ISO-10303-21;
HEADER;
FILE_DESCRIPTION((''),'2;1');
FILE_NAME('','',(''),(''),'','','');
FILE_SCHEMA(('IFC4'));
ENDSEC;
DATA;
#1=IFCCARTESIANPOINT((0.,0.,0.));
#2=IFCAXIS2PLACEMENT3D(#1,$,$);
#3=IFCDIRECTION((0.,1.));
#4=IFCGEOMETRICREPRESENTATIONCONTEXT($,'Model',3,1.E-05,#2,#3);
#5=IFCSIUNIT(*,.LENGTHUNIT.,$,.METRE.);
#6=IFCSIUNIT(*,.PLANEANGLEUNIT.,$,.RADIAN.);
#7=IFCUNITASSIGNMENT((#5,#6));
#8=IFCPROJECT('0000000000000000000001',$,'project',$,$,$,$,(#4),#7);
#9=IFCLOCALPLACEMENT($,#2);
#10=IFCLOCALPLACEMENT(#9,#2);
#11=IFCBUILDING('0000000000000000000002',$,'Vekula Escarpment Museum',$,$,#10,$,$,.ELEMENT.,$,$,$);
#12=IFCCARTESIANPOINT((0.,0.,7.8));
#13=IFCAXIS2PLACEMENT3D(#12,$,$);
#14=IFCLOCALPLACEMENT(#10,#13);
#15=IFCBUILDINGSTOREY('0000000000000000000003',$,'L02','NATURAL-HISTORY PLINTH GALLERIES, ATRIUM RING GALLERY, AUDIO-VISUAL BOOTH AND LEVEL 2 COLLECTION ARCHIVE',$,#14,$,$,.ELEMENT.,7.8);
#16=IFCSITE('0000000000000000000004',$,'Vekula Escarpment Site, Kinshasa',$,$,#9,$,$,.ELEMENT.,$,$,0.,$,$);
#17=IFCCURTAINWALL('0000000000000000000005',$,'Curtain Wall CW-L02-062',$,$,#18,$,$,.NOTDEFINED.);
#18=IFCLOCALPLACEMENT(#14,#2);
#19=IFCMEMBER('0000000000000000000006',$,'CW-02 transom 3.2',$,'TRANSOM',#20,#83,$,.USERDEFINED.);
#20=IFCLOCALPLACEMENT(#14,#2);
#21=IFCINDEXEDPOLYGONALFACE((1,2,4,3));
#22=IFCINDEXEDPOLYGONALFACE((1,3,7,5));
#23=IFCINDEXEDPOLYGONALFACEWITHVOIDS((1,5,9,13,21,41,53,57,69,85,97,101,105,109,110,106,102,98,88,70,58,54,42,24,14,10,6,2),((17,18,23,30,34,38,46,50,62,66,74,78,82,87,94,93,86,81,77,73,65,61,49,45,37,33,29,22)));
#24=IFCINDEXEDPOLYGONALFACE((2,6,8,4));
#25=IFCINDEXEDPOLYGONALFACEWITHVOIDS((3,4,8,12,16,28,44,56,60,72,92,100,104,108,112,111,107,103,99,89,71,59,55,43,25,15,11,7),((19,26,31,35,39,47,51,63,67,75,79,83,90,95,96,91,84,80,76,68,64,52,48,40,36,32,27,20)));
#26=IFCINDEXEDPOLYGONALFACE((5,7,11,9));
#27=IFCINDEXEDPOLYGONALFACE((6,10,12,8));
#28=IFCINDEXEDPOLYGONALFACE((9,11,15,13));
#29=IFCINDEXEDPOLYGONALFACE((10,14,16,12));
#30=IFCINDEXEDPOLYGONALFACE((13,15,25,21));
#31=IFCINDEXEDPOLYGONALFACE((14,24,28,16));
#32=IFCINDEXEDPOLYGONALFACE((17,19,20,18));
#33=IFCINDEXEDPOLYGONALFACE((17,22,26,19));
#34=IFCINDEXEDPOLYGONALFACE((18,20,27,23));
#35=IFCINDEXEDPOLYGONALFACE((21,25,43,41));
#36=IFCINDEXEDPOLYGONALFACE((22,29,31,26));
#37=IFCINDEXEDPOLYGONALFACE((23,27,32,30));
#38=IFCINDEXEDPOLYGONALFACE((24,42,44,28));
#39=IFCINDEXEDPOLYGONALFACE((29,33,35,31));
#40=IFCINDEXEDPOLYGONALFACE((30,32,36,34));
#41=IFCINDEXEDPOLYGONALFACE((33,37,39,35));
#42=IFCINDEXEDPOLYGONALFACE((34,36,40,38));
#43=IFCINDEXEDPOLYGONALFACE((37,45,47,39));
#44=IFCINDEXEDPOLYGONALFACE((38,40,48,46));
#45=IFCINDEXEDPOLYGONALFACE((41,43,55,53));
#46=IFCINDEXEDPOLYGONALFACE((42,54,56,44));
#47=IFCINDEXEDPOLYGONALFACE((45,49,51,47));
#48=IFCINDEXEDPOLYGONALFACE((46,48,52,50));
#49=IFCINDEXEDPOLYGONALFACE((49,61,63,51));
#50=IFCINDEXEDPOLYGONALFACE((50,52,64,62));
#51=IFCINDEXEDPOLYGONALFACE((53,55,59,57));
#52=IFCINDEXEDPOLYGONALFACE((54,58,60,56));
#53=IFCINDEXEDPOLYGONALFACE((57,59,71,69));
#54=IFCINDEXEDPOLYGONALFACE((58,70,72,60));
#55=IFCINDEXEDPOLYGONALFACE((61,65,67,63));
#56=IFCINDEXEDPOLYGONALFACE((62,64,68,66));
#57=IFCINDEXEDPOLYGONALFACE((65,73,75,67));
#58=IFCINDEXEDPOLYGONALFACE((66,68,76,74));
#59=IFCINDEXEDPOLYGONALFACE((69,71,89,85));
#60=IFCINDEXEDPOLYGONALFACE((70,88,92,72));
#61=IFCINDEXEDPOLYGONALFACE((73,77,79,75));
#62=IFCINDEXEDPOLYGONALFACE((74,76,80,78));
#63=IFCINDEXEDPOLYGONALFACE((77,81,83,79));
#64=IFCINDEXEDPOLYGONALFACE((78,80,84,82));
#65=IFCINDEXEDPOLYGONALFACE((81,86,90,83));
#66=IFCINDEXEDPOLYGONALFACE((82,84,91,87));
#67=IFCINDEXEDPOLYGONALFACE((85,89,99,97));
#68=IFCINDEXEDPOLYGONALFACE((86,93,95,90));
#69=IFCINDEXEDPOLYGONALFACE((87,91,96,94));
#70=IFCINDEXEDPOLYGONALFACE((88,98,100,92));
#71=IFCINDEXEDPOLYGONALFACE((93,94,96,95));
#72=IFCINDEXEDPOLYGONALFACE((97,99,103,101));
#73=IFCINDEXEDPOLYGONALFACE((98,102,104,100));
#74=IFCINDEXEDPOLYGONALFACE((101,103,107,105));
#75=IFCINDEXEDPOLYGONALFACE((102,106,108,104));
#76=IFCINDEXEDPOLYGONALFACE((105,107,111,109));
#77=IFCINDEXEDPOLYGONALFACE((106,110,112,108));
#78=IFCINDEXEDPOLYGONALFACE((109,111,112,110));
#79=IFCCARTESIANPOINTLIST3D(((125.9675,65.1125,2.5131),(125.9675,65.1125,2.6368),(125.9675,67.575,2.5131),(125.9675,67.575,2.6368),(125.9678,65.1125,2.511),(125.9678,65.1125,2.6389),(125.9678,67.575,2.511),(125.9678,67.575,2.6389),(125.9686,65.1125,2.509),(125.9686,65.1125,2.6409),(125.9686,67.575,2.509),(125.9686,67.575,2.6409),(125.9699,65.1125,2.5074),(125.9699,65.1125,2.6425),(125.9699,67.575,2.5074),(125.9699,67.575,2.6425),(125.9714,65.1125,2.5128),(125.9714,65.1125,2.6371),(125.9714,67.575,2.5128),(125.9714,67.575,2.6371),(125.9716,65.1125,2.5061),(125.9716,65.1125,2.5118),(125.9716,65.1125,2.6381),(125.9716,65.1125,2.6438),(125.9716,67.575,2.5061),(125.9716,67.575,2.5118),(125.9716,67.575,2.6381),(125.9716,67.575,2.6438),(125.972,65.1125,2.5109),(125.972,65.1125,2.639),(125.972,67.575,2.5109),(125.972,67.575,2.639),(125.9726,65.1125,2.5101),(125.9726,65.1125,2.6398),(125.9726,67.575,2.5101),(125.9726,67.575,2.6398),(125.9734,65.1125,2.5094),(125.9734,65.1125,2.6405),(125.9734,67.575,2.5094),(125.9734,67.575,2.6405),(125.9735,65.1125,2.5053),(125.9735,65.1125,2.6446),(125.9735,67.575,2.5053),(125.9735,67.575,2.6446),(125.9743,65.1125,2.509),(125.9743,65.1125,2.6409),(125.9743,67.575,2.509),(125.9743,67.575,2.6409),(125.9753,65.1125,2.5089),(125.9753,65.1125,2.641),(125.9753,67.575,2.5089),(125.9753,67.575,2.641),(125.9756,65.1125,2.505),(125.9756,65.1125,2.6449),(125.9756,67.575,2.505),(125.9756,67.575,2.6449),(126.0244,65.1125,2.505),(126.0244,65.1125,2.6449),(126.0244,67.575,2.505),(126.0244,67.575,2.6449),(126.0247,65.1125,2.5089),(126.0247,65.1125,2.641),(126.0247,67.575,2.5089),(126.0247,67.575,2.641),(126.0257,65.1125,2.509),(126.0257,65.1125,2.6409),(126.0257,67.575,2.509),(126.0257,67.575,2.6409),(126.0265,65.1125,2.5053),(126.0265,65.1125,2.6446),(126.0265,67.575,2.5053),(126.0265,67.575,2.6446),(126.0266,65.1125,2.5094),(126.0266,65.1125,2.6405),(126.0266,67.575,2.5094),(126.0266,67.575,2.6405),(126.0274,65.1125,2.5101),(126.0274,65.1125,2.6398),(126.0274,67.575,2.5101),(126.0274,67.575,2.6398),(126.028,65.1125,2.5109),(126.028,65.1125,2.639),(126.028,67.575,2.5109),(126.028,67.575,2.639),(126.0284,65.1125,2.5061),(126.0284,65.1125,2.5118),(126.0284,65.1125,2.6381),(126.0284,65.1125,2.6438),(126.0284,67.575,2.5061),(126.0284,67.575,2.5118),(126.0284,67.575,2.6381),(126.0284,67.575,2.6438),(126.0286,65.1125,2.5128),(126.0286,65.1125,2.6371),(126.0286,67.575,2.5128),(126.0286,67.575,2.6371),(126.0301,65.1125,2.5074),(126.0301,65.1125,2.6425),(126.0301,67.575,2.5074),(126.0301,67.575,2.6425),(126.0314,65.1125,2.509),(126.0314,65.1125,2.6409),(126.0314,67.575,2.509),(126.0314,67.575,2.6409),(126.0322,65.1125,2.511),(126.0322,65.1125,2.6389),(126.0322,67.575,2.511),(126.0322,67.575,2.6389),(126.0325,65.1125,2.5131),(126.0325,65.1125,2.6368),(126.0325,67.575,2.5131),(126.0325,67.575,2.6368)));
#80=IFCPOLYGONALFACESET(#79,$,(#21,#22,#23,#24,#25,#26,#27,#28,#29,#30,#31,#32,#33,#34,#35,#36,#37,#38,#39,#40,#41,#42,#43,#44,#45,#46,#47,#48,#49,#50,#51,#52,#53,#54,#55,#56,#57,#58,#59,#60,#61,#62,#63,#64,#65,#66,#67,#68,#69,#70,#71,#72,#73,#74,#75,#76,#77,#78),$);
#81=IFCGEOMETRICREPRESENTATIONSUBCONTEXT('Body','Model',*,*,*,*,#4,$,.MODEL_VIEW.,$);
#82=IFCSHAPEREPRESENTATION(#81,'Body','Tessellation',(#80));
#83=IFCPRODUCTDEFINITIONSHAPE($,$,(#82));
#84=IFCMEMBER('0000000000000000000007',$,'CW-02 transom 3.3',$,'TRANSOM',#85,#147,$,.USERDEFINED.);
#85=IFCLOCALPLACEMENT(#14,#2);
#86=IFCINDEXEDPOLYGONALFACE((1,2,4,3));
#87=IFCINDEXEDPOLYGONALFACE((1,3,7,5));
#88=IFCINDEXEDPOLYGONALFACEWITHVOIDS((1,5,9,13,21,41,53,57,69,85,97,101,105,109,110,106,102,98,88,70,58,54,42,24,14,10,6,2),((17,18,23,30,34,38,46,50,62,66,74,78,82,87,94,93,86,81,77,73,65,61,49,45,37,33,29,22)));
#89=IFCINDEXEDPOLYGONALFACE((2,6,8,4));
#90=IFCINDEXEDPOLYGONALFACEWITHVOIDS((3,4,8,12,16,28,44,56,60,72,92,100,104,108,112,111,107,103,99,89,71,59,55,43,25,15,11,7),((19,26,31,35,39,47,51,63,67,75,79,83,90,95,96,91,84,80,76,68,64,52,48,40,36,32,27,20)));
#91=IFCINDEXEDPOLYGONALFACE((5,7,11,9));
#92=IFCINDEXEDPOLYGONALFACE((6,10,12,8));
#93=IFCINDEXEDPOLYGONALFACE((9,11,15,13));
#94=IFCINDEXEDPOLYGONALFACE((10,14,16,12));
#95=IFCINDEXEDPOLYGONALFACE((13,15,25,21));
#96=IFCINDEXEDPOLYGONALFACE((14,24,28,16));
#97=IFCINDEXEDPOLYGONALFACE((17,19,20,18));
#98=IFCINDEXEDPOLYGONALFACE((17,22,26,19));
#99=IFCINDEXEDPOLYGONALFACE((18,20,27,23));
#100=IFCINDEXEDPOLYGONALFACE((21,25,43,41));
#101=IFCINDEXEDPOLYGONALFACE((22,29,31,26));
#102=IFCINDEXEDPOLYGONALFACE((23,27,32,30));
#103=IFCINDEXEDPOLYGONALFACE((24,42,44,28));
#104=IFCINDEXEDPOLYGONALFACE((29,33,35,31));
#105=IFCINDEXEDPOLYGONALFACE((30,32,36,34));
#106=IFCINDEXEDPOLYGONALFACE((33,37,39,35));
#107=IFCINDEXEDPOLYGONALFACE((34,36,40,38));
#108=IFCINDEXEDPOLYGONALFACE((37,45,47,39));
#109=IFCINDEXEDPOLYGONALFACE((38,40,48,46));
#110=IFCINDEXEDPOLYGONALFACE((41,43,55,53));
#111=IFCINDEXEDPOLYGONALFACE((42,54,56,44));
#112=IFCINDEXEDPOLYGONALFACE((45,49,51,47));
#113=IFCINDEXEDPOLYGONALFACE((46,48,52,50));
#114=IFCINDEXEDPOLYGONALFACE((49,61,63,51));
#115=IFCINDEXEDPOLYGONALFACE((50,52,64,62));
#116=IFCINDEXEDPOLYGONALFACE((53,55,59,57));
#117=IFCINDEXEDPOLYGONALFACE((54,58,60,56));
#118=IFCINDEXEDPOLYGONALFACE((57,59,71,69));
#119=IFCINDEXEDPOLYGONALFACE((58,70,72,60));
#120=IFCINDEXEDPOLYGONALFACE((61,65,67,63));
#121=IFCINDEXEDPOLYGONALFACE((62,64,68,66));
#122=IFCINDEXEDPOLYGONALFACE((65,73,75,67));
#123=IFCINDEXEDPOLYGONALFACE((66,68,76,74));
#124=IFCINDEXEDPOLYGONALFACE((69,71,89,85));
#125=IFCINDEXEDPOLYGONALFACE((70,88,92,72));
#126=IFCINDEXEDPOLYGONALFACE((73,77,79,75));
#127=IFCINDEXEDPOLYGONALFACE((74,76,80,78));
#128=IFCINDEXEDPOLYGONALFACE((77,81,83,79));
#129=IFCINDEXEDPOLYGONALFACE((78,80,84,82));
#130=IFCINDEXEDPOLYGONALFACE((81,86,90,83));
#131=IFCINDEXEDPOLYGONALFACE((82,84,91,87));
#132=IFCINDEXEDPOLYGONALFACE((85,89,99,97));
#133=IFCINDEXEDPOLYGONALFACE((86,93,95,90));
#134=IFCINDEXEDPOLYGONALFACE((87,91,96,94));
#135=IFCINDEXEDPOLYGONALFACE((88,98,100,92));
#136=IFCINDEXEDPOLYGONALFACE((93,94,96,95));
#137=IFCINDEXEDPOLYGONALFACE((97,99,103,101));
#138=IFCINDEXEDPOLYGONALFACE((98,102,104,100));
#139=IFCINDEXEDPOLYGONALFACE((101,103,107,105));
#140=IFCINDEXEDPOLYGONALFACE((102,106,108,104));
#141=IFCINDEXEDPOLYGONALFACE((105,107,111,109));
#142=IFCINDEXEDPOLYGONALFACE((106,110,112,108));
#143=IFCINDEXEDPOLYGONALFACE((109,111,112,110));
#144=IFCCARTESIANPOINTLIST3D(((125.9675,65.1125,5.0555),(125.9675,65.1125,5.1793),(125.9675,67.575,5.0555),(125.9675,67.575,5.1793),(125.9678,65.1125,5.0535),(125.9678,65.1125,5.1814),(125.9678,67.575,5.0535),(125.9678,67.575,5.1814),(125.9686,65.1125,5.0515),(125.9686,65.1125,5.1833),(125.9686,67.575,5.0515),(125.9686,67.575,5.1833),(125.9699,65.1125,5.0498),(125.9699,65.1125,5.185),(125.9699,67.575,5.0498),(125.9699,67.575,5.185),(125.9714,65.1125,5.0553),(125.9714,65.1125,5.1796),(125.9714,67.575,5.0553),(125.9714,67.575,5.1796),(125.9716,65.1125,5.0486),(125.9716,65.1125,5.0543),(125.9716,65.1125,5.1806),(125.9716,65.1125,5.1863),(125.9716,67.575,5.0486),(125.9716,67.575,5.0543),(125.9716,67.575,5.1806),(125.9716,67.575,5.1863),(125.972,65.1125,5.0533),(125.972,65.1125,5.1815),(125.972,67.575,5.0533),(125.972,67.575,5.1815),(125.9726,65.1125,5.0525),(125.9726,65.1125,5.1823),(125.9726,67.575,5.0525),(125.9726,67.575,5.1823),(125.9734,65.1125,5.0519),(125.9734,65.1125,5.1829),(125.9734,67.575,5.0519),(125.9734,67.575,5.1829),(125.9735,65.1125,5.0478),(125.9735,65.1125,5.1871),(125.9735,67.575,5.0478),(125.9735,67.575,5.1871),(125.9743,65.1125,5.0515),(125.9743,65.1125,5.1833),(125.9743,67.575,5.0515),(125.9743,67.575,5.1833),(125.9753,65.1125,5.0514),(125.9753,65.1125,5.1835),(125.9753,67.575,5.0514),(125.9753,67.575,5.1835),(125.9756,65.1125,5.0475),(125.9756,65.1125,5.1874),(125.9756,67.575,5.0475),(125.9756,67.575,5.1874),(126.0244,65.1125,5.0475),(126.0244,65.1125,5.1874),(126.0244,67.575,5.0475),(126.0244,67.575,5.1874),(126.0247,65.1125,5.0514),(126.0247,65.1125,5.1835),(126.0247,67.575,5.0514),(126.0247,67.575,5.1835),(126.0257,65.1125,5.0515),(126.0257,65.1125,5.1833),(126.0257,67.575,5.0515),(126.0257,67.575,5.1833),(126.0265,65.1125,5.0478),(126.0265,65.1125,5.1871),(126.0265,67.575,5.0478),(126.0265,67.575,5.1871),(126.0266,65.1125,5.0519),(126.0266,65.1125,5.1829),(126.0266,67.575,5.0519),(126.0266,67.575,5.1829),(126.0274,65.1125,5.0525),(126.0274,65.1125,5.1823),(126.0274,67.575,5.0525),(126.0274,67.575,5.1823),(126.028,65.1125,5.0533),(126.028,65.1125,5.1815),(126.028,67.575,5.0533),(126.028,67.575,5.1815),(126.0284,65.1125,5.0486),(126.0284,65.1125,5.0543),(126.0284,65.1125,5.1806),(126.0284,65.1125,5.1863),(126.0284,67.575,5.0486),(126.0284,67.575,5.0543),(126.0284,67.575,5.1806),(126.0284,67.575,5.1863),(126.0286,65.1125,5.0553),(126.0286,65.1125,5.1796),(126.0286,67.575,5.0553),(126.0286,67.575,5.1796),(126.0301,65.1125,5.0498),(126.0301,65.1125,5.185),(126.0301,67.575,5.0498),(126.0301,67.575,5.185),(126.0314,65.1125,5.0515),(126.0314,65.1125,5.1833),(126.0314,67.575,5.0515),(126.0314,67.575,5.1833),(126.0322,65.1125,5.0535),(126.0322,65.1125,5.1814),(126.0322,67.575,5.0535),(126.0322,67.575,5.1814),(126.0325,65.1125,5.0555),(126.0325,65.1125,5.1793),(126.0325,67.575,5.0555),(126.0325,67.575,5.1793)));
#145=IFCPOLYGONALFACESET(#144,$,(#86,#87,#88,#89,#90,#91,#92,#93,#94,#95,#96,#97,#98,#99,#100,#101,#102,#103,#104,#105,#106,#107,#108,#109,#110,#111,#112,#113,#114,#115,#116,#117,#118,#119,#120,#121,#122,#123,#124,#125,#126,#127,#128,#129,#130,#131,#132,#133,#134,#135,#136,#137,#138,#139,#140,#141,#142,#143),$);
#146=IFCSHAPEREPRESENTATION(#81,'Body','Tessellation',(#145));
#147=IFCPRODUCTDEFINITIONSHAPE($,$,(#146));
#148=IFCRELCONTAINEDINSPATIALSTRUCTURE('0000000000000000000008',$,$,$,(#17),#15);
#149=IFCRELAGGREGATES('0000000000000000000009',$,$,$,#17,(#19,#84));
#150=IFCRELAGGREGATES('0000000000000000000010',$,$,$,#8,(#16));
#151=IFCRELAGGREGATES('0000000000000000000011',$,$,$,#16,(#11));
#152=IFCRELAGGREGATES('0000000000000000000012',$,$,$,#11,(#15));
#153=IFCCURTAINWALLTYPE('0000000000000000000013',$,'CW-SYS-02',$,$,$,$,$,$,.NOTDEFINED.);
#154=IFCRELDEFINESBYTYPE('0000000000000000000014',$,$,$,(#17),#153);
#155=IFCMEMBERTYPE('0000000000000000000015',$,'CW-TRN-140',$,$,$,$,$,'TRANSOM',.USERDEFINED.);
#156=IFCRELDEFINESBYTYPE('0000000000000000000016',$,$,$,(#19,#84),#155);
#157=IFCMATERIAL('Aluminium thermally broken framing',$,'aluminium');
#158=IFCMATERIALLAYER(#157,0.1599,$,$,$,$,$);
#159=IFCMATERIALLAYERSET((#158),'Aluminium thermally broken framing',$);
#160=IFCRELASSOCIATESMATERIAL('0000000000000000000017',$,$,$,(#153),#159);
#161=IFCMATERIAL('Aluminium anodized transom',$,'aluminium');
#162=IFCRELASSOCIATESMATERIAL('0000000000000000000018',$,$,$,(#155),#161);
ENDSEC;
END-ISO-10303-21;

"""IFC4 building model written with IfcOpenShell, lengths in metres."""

from ifc_helpers import new_model, si_unit, direction, frame, origin, origin_2d, place, context, subcontext, project, spatial, hollow_rectangle, extrude, material, layer, layer_set, material_profile, profile_set, type_object, element, aggregate, save


model = new_model("IFC4")

# Units and contexts
model_context = context("Model", 3, precision=1e-05, world=origin(), true_north=direction((0.0, 1.0)))
body_context = subcontext(model_context, "Body", "Model", "MODEL_VIEW")
ifc_project = project(units=[si_unit("LENGTHUNIT", "METRE"), si_unit("PLANEANGLEUNIT", "RADIAN")], contexts=[model_context])

# Site, building, storey
site_placement = place(None, origin())
site = spatial("IfcSite", under=ifc_project, at=site_placement, Name="Vekula Escarpment Site, Kinshasa", CompositionType="ELEMENT", RefElevation=0.0)
building_placement = place(site_placement, origin())
building = spatial("IfcBuilding", under=site, at=building_placement, Name="Vekula Escarpment Museum", CompositionType="ELEMENT")
storey_placement = place(building_placement, frame((0.0, 0.0, 7.8)))
storey = spatial("IfcBuildingStorey", under=building, at=storey_placement, Name="L02", Description="NATURAL-HISTORY PLINTH GALLERIES, ATRIUM RING GALLERY, AUDIO-VISUAL BOOTH AND LEVEL 2 COLLECTION ARCHIVE", CompositionType="ELEMENT", Elevation=7.8)

# Curtain wall
ifc_material_1 = material(Name="Aluminium thermally broken framing", Category="aluminium")
ifc_layer_1 = layer(ifc_material_1, 0.1599)
ifc_layer_set_1 = layer_set([ifc_layer_1], Name="Aluminium thermally broken framing")
curtain_wall_type_1 = type_object("IfcCurtainWallType", Name="CW-SYS-02", PredefinedType="NOTDEFINED", material=ifc_layer_set_1)
curtain_wall_1_placement = place(storey_placement, origin())
curtain_wall_1 = element("IfcCurtainWall", 1, at=curtain_wall_1_placement, inside=storey, type_object=curtain_wall_type_1, Name="Curtain Wall CW-L02-062", PredefinedType="NOTDEFINED")

# Members
ifc_material_2 = material(Name="Aluminium anodized transom", Category="aluminium")
ifc_material_profile_1 = material_profile(ifc_material_2, hollow_rectangle(XDim=0.0649, YDim=0.1399, WallThickness=0.0039, InnerFilletRadius=0.0039, OuterFilletRadius=0.0081, at=origin_2d()), Name="ALU 140x65x4")
ifc_profile_set_1 = profile_set([ifc_material_profile_1], Name="Aluminium anodized transom")
member_type_1 = type_object("IfcMemberType", Name="CW-TRN-140", ElementType="TRANSOM", PredefinedType="USERDEFINED", material=ifc_profile_set_1)
member_1_placement = place(storey_placement, frame((126.0, 65.1125, 2.575), z_axis=(0.0, 1.0, 0.0), x_axis=(-1.0, 0.0, 0.0)))
member_1 = element("IfcMember", 2, at=member_1_placement, type_object=member_type_1, Name="CW-02 transom 3.2", ObjectType="TRANSOM", PredefinedType="USERDEFINED", context=body_context, shape_type="SweptSolid", body=[
    extrude(hollow_rectangle(XDim=0.0649, YDim=0.1399, WallThickness=0.0039, InnerFilletRadius=0.0039, OuterFilletRadius=0.0081, at=origin_2d()), origin(), (0.0, 0.0, 1.0), 2.4624),
])
member_2_placement = place(storey_placement, frame((126.0, 65.1125, 5.1174), z_axis=(0.0, 1.0, 0.0), x_axis=(-1.0, 0.0, 0.0)))
member_2 = element("IfcMember", 3, at=member_2_placement, type_object=member_type_1, Name="CW-02 transom 3.3", ObjectType="TRANSOM", PredefinedType="USERDEFINED", context=body_context, shape_type="SweptSolid", body=[
    extrude(hollow_rectangle(XDim=0.0649, YDim=0.1399, WallThickness=0.0039, InnerFilletRadius=0.0039, OuterFilletRadius=0.0081, at=origin_2d()), origin(), (0.0, 0.0, 1.0), 2.4624),
])

aggregate(curtain_wall_1, [member_1, member_2])

save(model, "model.ifc")
